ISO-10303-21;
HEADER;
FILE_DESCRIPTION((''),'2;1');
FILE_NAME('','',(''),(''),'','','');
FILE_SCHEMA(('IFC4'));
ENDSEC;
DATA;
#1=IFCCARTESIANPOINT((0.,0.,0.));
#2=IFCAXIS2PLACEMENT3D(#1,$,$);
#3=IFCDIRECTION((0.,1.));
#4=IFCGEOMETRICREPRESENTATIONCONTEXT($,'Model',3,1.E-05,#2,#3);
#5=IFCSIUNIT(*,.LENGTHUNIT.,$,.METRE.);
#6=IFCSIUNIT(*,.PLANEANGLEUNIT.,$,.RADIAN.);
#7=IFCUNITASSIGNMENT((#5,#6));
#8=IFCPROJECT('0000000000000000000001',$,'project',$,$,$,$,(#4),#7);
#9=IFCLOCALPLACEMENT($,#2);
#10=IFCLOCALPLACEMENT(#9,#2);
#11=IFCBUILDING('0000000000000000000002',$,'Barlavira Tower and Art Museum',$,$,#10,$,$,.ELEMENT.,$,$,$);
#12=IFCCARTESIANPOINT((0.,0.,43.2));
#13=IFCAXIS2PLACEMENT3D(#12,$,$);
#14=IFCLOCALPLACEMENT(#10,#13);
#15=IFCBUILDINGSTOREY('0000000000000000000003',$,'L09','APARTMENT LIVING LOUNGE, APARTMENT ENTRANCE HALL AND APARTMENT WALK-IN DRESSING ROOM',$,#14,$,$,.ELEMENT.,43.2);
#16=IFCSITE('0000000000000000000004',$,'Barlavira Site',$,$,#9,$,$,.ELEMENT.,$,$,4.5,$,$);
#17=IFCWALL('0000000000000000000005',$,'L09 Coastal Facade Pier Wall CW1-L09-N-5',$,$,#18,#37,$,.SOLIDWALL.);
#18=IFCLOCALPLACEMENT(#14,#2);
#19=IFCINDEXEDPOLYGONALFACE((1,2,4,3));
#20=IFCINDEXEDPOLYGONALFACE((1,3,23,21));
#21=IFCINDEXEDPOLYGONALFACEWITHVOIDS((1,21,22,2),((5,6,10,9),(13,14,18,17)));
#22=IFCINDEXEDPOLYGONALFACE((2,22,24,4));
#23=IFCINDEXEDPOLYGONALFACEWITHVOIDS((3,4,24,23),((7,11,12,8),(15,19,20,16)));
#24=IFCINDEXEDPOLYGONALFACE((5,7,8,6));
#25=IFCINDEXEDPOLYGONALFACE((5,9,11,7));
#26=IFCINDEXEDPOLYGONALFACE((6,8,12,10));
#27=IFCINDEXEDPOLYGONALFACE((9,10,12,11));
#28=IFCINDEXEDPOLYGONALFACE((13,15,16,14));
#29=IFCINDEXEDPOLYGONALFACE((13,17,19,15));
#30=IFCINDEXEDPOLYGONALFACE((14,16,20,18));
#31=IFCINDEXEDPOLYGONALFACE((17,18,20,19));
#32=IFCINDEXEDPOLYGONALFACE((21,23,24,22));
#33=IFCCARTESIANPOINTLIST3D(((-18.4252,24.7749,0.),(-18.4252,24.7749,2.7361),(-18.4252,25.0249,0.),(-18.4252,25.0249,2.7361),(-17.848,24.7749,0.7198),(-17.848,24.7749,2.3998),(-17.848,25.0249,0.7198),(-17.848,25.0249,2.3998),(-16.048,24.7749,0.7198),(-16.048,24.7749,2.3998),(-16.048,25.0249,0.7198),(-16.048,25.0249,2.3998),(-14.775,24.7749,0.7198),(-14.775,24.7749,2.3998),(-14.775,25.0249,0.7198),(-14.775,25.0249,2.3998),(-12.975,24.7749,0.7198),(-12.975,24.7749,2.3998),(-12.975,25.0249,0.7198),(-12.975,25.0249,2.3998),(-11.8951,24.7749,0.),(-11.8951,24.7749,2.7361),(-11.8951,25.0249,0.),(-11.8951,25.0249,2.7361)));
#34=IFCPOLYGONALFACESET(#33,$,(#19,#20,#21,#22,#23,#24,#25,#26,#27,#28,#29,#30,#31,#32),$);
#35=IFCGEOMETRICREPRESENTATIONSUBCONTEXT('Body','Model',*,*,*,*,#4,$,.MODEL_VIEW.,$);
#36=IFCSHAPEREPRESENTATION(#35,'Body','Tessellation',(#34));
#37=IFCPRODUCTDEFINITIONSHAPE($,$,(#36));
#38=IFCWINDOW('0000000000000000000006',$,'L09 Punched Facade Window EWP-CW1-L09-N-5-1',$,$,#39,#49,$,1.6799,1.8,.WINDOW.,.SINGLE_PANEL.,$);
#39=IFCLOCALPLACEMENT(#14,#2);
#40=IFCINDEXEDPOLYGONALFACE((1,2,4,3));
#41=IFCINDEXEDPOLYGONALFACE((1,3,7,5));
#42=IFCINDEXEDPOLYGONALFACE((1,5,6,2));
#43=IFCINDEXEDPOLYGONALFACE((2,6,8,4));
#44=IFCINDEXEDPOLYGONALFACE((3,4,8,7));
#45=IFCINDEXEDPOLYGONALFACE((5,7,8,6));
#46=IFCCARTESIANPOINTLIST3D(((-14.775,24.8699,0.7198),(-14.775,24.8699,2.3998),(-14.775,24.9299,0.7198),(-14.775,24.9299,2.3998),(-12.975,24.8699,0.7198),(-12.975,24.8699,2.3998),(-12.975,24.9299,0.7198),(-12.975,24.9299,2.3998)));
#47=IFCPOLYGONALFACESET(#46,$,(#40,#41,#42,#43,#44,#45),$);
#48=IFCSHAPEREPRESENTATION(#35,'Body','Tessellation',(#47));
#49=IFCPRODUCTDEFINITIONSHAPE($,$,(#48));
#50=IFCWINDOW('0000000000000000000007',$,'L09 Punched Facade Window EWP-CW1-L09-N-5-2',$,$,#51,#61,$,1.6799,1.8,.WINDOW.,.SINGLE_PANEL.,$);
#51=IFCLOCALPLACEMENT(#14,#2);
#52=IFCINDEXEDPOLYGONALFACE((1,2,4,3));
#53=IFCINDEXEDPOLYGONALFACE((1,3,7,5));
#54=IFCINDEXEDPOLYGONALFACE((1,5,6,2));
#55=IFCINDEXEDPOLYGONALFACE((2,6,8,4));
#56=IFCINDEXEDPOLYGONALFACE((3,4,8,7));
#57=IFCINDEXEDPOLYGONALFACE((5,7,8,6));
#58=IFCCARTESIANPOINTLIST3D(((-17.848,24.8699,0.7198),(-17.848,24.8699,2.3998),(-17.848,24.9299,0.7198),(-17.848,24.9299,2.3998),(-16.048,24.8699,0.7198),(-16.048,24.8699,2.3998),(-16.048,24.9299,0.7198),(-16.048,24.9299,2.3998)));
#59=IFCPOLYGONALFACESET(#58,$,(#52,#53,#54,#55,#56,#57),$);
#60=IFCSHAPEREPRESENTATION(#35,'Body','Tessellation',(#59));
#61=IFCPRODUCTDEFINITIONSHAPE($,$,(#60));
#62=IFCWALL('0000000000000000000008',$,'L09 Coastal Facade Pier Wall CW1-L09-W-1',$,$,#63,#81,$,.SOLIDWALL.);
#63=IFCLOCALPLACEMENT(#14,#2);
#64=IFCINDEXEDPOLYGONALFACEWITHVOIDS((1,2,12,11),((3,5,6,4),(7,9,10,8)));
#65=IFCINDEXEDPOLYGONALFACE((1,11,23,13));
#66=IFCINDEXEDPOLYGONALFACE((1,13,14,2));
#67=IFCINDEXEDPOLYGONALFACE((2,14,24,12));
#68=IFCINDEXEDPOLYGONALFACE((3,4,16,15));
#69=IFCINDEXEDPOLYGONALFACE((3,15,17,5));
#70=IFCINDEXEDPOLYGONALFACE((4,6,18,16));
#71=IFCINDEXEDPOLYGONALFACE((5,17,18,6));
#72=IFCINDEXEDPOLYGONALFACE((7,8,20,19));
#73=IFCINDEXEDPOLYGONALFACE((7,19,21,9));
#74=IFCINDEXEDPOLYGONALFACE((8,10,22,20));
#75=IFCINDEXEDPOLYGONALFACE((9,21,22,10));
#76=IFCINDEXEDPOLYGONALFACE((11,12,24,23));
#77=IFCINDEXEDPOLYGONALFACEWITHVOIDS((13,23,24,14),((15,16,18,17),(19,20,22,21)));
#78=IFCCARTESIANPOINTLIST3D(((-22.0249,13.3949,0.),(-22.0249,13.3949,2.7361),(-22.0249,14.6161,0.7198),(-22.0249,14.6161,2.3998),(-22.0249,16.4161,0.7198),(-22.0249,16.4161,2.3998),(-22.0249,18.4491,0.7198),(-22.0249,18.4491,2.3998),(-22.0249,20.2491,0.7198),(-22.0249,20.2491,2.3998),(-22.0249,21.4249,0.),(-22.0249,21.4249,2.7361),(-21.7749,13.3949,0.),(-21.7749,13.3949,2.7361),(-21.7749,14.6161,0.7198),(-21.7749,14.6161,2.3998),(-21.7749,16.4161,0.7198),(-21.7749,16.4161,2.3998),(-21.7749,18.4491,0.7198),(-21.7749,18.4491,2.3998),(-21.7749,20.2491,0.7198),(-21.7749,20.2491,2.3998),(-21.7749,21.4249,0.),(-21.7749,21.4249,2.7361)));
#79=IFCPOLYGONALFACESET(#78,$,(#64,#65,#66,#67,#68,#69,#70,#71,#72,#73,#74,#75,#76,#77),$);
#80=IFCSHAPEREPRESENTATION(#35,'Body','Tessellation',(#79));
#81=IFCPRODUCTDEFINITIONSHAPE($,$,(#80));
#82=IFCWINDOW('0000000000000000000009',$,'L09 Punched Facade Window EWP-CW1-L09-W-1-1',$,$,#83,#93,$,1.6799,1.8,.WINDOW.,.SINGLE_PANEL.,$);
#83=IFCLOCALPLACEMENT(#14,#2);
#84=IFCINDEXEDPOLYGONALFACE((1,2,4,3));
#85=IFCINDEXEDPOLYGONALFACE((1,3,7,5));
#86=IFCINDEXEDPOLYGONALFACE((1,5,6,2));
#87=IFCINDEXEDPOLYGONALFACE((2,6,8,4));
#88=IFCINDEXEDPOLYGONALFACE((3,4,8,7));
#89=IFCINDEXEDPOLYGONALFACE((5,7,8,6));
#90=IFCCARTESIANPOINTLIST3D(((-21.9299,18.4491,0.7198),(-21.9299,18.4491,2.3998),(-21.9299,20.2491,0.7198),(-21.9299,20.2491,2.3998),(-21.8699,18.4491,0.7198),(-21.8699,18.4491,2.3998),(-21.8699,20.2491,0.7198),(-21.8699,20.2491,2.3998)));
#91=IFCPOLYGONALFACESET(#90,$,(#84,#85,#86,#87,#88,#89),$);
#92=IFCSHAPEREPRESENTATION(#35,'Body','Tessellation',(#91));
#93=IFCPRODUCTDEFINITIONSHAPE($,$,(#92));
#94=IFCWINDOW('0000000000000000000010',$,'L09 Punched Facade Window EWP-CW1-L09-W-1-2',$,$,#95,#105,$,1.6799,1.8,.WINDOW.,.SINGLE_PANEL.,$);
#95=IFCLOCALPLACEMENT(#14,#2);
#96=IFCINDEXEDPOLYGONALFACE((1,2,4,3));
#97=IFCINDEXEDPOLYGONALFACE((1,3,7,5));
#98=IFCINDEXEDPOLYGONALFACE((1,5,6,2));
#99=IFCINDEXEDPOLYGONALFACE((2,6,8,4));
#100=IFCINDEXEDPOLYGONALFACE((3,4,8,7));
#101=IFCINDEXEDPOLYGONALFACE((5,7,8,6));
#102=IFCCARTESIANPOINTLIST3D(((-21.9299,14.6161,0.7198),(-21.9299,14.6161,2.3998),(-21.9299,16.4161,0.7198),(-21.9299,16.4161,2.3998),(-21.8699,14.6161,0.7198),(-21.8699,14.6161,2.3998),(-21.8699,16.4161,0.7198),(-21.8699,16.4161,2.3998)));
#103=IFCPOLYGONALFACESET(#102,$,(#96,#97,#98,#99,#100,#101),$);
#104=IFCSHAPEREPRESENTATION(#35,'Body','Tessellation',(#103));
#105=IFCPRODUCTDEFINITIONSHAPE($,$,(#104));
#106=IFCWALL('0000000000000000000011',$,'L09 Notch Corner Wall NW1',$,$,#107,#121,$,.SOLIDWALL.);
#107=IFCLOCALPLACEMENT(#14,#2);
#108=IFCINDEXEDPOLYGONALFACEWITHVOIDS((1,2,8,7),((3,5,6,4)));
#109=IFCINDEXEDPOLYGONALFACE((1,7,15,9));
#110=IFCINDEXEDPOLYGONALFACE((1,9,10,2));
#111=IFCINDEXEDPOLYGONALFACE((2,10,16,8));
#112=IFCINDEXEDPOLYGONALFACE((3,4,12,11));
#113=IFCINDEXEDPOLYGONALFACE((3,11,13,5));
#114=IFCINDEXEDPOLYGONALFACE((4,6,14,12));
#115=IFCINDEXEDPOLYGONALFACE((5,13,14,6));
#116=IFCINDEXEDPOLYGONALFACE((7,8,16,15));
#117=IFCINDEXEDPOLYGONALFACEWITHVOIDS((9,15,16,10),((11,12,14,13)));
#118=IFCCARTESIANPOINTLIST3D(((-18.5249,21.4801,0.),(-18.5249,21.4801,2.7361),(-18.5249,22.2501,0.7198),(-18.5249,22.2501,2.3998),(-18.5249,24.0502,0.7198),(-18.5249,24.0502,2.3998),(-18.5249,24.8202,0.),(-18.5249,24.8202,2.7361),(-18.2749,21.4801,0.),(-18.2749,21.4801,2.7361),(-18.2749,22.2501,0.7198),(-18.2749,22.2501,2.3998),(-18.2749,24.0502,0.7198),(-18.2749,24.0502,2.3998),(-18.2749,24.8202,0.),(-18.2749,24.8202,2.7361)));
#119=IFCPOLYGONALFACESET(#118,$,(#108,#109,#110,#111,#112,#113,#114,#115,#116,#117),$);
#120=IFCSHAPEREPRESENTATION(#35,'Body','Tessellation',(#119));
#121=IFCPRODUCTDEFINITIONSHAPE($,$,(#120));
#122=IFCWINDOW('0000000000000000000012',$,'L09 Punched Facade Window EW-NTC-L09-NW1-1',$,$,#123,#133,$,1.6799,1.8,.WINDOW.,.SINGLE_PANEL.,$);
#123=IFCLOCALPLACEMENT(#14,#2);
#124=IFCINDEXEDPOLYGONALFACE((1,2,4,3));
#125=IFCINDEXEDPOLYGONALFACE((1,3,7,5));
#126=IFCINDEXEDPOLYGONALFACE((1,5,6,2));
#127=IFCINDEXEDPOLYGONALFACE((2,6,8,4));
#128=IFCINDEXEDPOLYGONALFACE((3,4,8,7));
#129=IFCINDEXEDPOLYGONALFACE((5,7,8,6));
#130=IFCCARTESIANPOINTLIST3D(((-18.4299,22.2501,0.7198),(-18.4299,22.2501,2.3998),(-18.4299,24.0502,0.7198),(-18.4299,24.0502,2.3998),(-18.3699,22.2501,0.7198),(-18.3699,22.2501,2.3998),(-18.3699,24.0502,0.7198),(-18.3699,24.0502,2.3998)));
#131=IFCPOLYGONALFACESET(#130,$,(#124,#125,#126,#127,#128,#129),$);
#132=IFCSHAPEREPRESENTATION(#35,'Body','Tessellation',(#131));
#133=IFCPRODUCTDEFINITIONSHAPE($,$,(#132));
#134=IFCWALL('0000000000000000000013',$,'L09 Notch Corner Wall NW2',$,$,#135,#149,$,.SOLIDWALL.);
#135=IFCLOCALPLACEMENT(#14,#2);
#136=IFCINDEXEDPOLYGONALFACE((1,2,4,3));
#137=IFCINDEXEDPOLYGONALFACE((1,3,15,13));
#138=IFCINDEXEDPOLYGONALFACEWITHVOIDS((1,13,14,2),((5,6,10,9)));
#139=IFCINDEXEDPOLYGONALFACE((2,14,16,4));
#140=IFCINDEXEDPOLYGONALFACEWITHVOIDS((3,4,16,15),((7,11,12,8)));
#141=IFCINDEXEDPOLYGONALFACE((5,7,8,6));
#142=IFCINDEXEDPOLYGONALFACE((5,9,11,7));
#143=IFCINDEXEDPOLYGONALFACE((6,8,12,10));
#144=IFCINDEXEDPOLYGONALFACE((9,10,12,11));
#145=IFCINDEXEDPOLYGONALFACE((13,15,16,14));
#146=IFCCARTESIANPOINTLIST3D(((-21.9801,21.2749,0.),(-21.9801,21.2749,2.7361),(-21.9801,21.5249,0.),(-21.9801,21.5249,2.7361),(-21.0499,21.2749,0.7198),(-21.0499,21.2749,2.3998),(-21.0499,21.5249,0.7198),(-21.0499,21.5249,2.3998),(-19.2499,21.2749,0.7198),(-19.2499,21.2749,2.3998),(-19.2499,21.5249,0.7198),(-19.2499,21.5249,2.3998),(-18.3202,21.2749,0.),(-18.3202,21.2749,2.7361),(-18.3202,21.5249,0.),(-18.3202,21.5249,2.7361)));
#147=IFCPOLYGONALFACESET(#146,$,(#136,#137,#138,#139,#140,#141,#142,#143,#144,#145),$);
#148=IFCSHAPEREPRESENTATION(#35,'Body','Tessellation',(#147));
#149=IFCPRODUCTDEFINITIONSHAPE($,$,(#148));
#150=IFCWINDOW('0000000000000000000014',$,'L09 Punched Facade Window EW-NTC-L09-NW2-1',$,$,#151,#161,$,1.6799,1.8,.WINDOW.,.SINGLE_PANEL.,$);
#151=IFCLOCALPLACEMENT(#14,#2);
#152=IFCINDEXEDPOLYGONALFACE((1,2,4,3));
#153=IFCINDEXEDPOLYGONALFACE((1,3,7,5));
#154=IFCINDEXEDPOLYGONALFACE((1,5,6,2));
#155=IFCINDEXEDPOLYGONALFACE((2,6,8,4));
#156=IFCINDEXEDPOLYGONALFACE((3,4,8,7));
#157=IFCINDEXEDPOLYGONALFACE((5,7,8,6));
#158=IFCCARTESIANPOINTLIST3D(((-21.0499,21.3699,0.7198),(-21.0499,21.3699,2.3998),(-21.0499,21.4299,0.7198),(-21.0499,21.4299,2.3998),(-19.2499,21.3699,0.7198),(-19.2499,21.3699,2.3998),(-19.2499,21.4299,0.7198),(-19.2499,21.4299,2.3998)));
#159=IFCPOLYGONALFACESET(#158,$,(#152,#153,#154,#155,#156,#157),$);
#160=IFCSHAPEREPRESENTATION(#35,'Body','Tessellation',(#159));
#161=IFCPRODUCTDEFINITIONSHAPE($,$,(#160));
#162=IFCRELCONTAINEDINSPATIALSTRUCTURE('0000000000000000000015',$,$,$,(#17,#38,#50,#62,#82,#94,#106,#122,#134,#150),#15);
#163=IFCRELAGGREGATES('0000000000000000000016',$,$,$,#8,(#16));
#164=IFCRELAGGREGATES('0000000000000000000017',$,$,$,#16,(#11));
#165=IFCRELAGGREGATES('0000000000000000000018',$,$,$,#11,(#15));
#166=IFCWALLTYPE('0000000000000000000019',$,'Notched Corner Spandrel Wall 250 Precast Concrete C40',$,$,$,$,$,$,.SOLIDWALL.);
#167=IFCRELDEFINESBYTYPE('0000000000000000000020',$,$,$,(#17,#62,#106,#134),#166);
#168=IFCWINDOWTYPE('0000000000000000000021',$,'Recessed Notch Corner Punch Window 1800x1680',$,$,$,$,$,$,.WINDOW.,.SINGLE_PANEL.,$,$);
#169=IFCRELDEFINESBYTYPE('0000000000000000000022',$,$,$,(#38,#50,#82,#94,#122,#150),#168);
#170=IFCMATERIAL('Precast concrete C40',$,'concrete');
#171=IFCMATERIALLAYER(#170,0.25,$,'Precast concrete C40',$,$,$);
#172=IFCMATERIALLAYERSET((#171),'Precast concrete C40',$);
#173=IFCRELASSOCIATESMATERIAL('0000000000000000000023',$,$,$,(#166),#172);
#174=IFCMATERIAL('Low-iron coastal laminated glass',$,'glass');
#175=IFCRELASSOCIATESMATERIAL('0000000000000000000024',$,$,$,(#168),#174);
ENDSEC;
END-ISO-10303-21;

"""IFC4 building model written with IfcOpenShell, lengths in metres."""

from ifc_helpers import new_model, si_unit, direction, frame, frame_2d, origin, place, context, subcontext, project, spatial, rectangle, extrude, material, layer, layer_set, type_object, element, fill, save


model = new_model("IFC4")

# Units and contexts
model_context = context("Model", 3, precision=1e-05, world=origin(), true_north=direction((0.0, 1.0)))
body_context = subcontext(model_context, "Body", "Model", "MODEL_VIEW")
ifc_project = project(units=[si_unit("LENGTHUNIT", "METRE"), si_unit("PLANEANGLEUNIT", "RADIAN")], contexts=[model_context])

# Site, building, storey
site_placement = place(None, origin())
site = spatial("IfcSite", under=ifc_project, at=site_placement, Name="Barlavira Site", CompositionType="ELEMENT", RefElevation=4.5)
building_placement = place(site_placement, origin())
building = spatial("IfcBuilding", under=site, at=building_placement, Name="Barlavira Tower and Art Museum", CompositionType="ELEMENT")
storey_placement = place(building_placement, frame((0.0, 0.0, 43.2)))
storey = spatial("IfcBuildingStorey", under=building, at=storey_placement, Name="L09", Description="APARTMENT LIVING LOUNGE, APARTMENT ENTRANCE HALL AND APARTMENT WALK-IN DRESSING ROOM", CompositionType="ELEMENT", Elevation=43.2)

# Walls, openings, windows
ifc_material_1 = material(Name="Precast concrete C40", Category="concrete")
ifc_layer_1 = layer(ifc_material_1, 0.25, Name="Precast concrete C40")
ifc_layer_set_1 = layer_set([ifc_layer_1], Name="Precast concrete C40")
wall_type_1 = type_object("IfcWallType", Name="Notched Corner Spandrel Wall 250 Precast Concrete C40", PredefinedType="SOLIDWALL", material=ifc_layer_set_1)
wall_1_placement = place(storey_placement, frame((-11.895, 24.8999, 0.0), z_axis=(0.0, 0.0, 1.0), x_axis=(-1.0, 0.0, 0.0)))
wall_1 = element("IfcWall", 1, at=wall_1_placement, inside=storey, type_object=wall_type_1, Name="L09 Coastal Facade Pier Wall CW1-L09-N-5", PredefinedType="SOLIDWALL", context=body_context, shape_type="SweptSolid", body=[
    extrude(rectangle(XDim=6.53, YDim=0.25, at=frame_2d((3.2651, 0.0))), origin(), (0.0, 0.0, 1.0), 2.7361),
])
opening_1_placement = place(wall_1_placement, frame((1.0801, 0.0, 0.72)))
opening_1 = element("IfcOpeningElement", 2, at=opening_1_placement, cuts=wall_1, PredefinedType="OPENING", context=body_context, shape_type="SweptSolid", body=[
    extrude(rectangle(XDim=1.8, YDim=1.6799, at=frame_2d((0.8999, 0.8398))), frame((0.0, 0.135, 0.0), z_axis=(0.0, -1.0, 0.0), x_axis=(1.0, 0.0, 0.0)), (0.0, 0.0, 1.0), 0.27),
])
opening_2_placement = place(wall_1_placement, frame((4.1531, 0.0, 0.72)))
opening_2 = element("IfcOpeningElement", 3, at=opening_2_placement, cuts=wall_1, PredefinedType="OPENING", context=body_context, shape_type="SweptSolid", body=[
    extrude(rectangle(XDim=1.8, YDim=1.6799, at=frame_2d((0.8999, 0.8398))), frame((0.0, 0.135, 0.0), z_axis=(0.0, -1.0, 0.0), x_axis=(1.0, 0.0, 0.0)), (0.0, 0.0, 1.0), 0.27),
])
ifc_material_2 = material(Name="Low-iron coastal laminated glass", Category="glass")
window_type = type_object("IfcWindowType", Name="Recessed Notch Corner Punch Window 1800x1680", PartitioningType="SINGLE_PANEL", PredefinedType="WINDOW", material=ifc_material_2)
window_1_placement = place(opening_1_placement, origin())
window_1 = element("IfcWindow", 4, at=window_1_placement, inside=storey, type_object=window_type, Name="L09 Punched Facade Window EWP-CW1-L09-N-5-1", OverallHeight=1.6799, OverallWidth=1.8, PartitioningType="SINGLE_PANEL", PredefinedType="WINDOW", context=body_context, shape_type="SweptSolid", body=[
    extrude(rectangle(XDim=1.8, YDim=1.6799, at=frame_2d((0.8999, 0.8398))), frame((0.0, 0.03, 0.0), z_axis=(0.0, -1.0, 0.0), x_axis=(1.0, 0.0, 0.0)), (0.0, 0.0, 1.0), 0.0601),
])
fill(opening_1, window_1)
window_2_placement = place(opening_2_placement, origin())
window_2 = element("IfcWindow", 5, at=window_2_placement, inside=storey, type_object=window_type, Name="L09 Punched Facade Window EWP-CW1-L09-N-5-2", OverallHeight=1.6799, OverallWidth=1.8, PartitioningType="SINGLE_PANEL", PredefinedType="WINDOW", context=body_context, shape_type="SweptSolid", body=[
    extrude(rectangle(XDim=1.8, YDim=1.6799, at=frame_2d((0.8999, 0.8398))), frame((0.0, 0.03, 0.0), z_axis=(0.0, -1.0, 0.0), x_axis=(1.0, 0.0, 0.0)), (0.0, 0.0, 1.0), 0.0601),
])
fill(opening_2, window_2)
wall_2_placement = place(storey_placement, frame((-21.8999, 21.425, 0.0), z_axis=(0.0, 0.0, 1.0), x_axis=(0.0, -1.0, 0.0)))
wall_2 = element("IfcWall", 6, at=wall_2_placement, inside=storey, type_object=wall_type_1, Name="L09 Coastal Facade Pier Wall CW1-L09-W-1", PredefinedType="SOLIDWALL", context=body_context, shape_type="SweptSolid", body=[
    extrude(rectangle(XDim=8.03, YDim=0.25, at=frame_2d((4.0151, 0.0))), origin(), (0.0, 0.0, 1.0), 2.7361),
])
opening_3_placement = place(wall_2_placement, frame((1.176, 0.0, 0.72)))
opening_3 = element("IfcOpeningElement", 7, at=opening_3_placement, cuts=wall_2, PredefinedType="OPENING", context=body_context, shape_type="SweptSolid", body=[
    extrude(rectangle(XDim=1.8, YDim=1.6799, at=frame_2d((0.8999, 0.8398))), frame((0.0, 0.135, 0.0), z_axis=(0.0, -1.0, 0.0), x_axis=(1.0, 0.0, 0.0)), (0.0, 0.0, 1.0), 0.27),
])
opening_4_placement = place(wall_2_placement, frame((5.009, 0.0, 0.72)))
opening_4 = element("IfcOpeningElement", 8, at=opening_4_placement, cuts=wall_2, PredefinedType="OPENING", context=body_context, shape_type="SweptSolid", body=[
    extrude(rectangle(XDim=1.8, YDim=1.6799, at=frame_2d((0.8999, 0.8398))), frame((0.0, 0.135, 0.0), z_axis=(0.0, -1.0, 0.0), x_axis=(1.0, 0.0, 0.0)), (0.0, 0.0, 1.0), 0.27),
])
window_3_placement = place(opening_3_placement, origin())
window_3 = element("IfcWindow", 9, at=window_3_placement, inside=storey, type_object=window_type, Name="L09 Punched Facade Window EWP-CW1-L09-W-1-1", OverallHeight=1.6799, OverallWidth=1.8, PartitioningType="SINGLE_PANEL", PredefinedType="WINDOW", context=body_context, shape_type="SweptSolid", body=[
    extrude(rectangle(XDim=1.8, YDim=1.6799, at=frame_2d((0.8999, 0.8398))), frame((0.0, 0.03, 0.0), z_axis=(0.0, -1.0, 0.0), x_axis=(1.0, 0.0, 0.0)), (0.0, 0.0, 1.0), 0.0601),
])
fill(opening_3, window_3)
window_4_placement = place(opening_4_placement, origin())
window_4 = element("IfcWindow", 10, at=window_4_placement, inside=storey, type_object=window_type, Name="L09 Punched Facade Window EWP-CW1-L09-W-1-2", OverallHeight=1.6799, OverallWidth=1.8, PartitioningType="SINGLE_PANEL", PredefinedType="WINDOW", context=body_context, shape_type="SweptSolid", body=[
    extrude(rectangle(XDim=1.8, YDim=1.6799, at=frame_2d((0.8999, 0.8398))), frame((0.0, 0.03, 0.0), z_axis=(0.0, -1.0, 0.0), x_axis=(1.0, 0.0, 0.0)), (0.0, 0.0, 1.0), 0.0601),
])
fill(opening_4, window_4)

# Walls, openings, windows
wall_3_placement = place(storey_placement, frame((-18.3999, 24.8201, 0.0), z_axis=(0.0, 0.0, 1.0), x_axis=(0.0, -1.0, 0.0)))
wall_3 = element("IfcWall", 11, at=wall_3_placement, inside=storey, type_object=wall_type_1, Name="L09 Notch Corner Wall NW1", PredefinedType="SOLIDWALL", context=body_context, shape_type="SweptSolid", body=[
    extrude(rectangle(XDim=3.3401, YDim=0.25, at=frame_2d((1.6699, 0.0))), origin(), (0.0, 0.0, 1.0), 2.7361),
])
opening_5_placement = place(wall_3_placement, frame((0.77, 0.0, 0.72)))
opening_5 = element("IfcOpeningElement", 12, at=opening_5_placement, cuts=wall_3, PredefinedType="OPENING", context=body_context, shape_type="SweptSolid", body=[
    extrude(rectangle(XDim=1.8, YDim=1.6799, at=frame_2d((0.8999, 0.8398))), frame((0.0, 0.135, 0.0), z_axis=(0.0, -1.0, 0.0), x_axis=(1.0, 0.0, 0.0)), (0.0, 0.0, 1.0), 0.27),
])
window_5_placement = place(opening_5_placement, origin())
window_5 = element("IfcWindow", 13, at=window_5_placement, inside=storey, type_object=window_type, Name="L09 Punched Facade Window EW-NTC-L09-NW1-1", OverallHeight=1.6799, OverallWidth=1.8, PartitioningType="SINGLE_PANEL", PredefinedType="WINDOW", context=body_context, shape_type="SweptSolid", body=[
    extrude(rectangle(XDim=1.8, YDim=1.6799, at=frame_2d((0.8999, 0.8398))), frame((0.0, 0.03, 0.0), z_axis=(0.0, -1.0, 0.0), x_axis=(1.0, 0.0, 0.0)), (0.0, 0.0, 1.0), 0.0601),
])
fill(opening_5, window_5)
wall_4_placement = place(storey_placement, frame((-18.3201, 21.3999, 0.0), z_axis=(0.0, 0.0, 1.0), x_axis=(-1.0, 0.0, 0.0)))
wall_4 = element("IfcWall", 14, at=wall_4_placement, inside=storey, type_object=wall_type_1, Name="L09 Notch Corner Wall NW2", PredefinedType="SOLIDWALL", context=body_context, shape_type="SweptSolid", body=[
    extrude(rectangle(XDim=3.6599, YDim=0.25, at=frame_2d((1.8301, 0.0))), origin(), (0.0, 0.0, 1.0), 2.7361),
])
opening_6_placement = place(wall_4_placement, frame((0.9299, 0.0, 0.72)))
opening_6 = element("IfcOpeningElement", 15, at=opening_6_placement, cuts=wall_4, PredefinedType="OPENING", context=body_context, shape_type="SweptSolid", body=[
    extrude(rectangle(XDim=1.8, YDim=1.6799, at=frame_2d((0.8999, 0.8398))), frame((0.0, 0.135, 0.0), z_axis=(0.0, -1.0, 0.0), x_axis=(1.0, 0.0, 0.0)), (0.0, 0.0, 1.0), 0.27),
])
window_6_placement = place(opening_6_placement, origin())
window_6 = element("IfcWindow", 16, at=window_6_placement, inside=storey, type_object=window_type, Name="L09 Punched Facade Window EW-NTC-L09-NW2-1", OverallHeight=1.6799, OverallWidth=1.8, PartitioningType="SINGLE_PANEL", PredefinedType="WINDOW", context=body_context, shape_type="SweptSolid", body=[
    extrude(rectangle(XDim=1.8, YDim=1.6799, at=frame_2d((0.8999, 0.8398))), frame((0.0, 0.03, 0.0), z_axis=(0.0, -1.0, 0.0), x_axis=(1.0, 0.0, 0.0)), (0.0, 0.0, 1.0), 0.0601),
])
fill(opening_6, window_6)

save(model, "model.ifc")
